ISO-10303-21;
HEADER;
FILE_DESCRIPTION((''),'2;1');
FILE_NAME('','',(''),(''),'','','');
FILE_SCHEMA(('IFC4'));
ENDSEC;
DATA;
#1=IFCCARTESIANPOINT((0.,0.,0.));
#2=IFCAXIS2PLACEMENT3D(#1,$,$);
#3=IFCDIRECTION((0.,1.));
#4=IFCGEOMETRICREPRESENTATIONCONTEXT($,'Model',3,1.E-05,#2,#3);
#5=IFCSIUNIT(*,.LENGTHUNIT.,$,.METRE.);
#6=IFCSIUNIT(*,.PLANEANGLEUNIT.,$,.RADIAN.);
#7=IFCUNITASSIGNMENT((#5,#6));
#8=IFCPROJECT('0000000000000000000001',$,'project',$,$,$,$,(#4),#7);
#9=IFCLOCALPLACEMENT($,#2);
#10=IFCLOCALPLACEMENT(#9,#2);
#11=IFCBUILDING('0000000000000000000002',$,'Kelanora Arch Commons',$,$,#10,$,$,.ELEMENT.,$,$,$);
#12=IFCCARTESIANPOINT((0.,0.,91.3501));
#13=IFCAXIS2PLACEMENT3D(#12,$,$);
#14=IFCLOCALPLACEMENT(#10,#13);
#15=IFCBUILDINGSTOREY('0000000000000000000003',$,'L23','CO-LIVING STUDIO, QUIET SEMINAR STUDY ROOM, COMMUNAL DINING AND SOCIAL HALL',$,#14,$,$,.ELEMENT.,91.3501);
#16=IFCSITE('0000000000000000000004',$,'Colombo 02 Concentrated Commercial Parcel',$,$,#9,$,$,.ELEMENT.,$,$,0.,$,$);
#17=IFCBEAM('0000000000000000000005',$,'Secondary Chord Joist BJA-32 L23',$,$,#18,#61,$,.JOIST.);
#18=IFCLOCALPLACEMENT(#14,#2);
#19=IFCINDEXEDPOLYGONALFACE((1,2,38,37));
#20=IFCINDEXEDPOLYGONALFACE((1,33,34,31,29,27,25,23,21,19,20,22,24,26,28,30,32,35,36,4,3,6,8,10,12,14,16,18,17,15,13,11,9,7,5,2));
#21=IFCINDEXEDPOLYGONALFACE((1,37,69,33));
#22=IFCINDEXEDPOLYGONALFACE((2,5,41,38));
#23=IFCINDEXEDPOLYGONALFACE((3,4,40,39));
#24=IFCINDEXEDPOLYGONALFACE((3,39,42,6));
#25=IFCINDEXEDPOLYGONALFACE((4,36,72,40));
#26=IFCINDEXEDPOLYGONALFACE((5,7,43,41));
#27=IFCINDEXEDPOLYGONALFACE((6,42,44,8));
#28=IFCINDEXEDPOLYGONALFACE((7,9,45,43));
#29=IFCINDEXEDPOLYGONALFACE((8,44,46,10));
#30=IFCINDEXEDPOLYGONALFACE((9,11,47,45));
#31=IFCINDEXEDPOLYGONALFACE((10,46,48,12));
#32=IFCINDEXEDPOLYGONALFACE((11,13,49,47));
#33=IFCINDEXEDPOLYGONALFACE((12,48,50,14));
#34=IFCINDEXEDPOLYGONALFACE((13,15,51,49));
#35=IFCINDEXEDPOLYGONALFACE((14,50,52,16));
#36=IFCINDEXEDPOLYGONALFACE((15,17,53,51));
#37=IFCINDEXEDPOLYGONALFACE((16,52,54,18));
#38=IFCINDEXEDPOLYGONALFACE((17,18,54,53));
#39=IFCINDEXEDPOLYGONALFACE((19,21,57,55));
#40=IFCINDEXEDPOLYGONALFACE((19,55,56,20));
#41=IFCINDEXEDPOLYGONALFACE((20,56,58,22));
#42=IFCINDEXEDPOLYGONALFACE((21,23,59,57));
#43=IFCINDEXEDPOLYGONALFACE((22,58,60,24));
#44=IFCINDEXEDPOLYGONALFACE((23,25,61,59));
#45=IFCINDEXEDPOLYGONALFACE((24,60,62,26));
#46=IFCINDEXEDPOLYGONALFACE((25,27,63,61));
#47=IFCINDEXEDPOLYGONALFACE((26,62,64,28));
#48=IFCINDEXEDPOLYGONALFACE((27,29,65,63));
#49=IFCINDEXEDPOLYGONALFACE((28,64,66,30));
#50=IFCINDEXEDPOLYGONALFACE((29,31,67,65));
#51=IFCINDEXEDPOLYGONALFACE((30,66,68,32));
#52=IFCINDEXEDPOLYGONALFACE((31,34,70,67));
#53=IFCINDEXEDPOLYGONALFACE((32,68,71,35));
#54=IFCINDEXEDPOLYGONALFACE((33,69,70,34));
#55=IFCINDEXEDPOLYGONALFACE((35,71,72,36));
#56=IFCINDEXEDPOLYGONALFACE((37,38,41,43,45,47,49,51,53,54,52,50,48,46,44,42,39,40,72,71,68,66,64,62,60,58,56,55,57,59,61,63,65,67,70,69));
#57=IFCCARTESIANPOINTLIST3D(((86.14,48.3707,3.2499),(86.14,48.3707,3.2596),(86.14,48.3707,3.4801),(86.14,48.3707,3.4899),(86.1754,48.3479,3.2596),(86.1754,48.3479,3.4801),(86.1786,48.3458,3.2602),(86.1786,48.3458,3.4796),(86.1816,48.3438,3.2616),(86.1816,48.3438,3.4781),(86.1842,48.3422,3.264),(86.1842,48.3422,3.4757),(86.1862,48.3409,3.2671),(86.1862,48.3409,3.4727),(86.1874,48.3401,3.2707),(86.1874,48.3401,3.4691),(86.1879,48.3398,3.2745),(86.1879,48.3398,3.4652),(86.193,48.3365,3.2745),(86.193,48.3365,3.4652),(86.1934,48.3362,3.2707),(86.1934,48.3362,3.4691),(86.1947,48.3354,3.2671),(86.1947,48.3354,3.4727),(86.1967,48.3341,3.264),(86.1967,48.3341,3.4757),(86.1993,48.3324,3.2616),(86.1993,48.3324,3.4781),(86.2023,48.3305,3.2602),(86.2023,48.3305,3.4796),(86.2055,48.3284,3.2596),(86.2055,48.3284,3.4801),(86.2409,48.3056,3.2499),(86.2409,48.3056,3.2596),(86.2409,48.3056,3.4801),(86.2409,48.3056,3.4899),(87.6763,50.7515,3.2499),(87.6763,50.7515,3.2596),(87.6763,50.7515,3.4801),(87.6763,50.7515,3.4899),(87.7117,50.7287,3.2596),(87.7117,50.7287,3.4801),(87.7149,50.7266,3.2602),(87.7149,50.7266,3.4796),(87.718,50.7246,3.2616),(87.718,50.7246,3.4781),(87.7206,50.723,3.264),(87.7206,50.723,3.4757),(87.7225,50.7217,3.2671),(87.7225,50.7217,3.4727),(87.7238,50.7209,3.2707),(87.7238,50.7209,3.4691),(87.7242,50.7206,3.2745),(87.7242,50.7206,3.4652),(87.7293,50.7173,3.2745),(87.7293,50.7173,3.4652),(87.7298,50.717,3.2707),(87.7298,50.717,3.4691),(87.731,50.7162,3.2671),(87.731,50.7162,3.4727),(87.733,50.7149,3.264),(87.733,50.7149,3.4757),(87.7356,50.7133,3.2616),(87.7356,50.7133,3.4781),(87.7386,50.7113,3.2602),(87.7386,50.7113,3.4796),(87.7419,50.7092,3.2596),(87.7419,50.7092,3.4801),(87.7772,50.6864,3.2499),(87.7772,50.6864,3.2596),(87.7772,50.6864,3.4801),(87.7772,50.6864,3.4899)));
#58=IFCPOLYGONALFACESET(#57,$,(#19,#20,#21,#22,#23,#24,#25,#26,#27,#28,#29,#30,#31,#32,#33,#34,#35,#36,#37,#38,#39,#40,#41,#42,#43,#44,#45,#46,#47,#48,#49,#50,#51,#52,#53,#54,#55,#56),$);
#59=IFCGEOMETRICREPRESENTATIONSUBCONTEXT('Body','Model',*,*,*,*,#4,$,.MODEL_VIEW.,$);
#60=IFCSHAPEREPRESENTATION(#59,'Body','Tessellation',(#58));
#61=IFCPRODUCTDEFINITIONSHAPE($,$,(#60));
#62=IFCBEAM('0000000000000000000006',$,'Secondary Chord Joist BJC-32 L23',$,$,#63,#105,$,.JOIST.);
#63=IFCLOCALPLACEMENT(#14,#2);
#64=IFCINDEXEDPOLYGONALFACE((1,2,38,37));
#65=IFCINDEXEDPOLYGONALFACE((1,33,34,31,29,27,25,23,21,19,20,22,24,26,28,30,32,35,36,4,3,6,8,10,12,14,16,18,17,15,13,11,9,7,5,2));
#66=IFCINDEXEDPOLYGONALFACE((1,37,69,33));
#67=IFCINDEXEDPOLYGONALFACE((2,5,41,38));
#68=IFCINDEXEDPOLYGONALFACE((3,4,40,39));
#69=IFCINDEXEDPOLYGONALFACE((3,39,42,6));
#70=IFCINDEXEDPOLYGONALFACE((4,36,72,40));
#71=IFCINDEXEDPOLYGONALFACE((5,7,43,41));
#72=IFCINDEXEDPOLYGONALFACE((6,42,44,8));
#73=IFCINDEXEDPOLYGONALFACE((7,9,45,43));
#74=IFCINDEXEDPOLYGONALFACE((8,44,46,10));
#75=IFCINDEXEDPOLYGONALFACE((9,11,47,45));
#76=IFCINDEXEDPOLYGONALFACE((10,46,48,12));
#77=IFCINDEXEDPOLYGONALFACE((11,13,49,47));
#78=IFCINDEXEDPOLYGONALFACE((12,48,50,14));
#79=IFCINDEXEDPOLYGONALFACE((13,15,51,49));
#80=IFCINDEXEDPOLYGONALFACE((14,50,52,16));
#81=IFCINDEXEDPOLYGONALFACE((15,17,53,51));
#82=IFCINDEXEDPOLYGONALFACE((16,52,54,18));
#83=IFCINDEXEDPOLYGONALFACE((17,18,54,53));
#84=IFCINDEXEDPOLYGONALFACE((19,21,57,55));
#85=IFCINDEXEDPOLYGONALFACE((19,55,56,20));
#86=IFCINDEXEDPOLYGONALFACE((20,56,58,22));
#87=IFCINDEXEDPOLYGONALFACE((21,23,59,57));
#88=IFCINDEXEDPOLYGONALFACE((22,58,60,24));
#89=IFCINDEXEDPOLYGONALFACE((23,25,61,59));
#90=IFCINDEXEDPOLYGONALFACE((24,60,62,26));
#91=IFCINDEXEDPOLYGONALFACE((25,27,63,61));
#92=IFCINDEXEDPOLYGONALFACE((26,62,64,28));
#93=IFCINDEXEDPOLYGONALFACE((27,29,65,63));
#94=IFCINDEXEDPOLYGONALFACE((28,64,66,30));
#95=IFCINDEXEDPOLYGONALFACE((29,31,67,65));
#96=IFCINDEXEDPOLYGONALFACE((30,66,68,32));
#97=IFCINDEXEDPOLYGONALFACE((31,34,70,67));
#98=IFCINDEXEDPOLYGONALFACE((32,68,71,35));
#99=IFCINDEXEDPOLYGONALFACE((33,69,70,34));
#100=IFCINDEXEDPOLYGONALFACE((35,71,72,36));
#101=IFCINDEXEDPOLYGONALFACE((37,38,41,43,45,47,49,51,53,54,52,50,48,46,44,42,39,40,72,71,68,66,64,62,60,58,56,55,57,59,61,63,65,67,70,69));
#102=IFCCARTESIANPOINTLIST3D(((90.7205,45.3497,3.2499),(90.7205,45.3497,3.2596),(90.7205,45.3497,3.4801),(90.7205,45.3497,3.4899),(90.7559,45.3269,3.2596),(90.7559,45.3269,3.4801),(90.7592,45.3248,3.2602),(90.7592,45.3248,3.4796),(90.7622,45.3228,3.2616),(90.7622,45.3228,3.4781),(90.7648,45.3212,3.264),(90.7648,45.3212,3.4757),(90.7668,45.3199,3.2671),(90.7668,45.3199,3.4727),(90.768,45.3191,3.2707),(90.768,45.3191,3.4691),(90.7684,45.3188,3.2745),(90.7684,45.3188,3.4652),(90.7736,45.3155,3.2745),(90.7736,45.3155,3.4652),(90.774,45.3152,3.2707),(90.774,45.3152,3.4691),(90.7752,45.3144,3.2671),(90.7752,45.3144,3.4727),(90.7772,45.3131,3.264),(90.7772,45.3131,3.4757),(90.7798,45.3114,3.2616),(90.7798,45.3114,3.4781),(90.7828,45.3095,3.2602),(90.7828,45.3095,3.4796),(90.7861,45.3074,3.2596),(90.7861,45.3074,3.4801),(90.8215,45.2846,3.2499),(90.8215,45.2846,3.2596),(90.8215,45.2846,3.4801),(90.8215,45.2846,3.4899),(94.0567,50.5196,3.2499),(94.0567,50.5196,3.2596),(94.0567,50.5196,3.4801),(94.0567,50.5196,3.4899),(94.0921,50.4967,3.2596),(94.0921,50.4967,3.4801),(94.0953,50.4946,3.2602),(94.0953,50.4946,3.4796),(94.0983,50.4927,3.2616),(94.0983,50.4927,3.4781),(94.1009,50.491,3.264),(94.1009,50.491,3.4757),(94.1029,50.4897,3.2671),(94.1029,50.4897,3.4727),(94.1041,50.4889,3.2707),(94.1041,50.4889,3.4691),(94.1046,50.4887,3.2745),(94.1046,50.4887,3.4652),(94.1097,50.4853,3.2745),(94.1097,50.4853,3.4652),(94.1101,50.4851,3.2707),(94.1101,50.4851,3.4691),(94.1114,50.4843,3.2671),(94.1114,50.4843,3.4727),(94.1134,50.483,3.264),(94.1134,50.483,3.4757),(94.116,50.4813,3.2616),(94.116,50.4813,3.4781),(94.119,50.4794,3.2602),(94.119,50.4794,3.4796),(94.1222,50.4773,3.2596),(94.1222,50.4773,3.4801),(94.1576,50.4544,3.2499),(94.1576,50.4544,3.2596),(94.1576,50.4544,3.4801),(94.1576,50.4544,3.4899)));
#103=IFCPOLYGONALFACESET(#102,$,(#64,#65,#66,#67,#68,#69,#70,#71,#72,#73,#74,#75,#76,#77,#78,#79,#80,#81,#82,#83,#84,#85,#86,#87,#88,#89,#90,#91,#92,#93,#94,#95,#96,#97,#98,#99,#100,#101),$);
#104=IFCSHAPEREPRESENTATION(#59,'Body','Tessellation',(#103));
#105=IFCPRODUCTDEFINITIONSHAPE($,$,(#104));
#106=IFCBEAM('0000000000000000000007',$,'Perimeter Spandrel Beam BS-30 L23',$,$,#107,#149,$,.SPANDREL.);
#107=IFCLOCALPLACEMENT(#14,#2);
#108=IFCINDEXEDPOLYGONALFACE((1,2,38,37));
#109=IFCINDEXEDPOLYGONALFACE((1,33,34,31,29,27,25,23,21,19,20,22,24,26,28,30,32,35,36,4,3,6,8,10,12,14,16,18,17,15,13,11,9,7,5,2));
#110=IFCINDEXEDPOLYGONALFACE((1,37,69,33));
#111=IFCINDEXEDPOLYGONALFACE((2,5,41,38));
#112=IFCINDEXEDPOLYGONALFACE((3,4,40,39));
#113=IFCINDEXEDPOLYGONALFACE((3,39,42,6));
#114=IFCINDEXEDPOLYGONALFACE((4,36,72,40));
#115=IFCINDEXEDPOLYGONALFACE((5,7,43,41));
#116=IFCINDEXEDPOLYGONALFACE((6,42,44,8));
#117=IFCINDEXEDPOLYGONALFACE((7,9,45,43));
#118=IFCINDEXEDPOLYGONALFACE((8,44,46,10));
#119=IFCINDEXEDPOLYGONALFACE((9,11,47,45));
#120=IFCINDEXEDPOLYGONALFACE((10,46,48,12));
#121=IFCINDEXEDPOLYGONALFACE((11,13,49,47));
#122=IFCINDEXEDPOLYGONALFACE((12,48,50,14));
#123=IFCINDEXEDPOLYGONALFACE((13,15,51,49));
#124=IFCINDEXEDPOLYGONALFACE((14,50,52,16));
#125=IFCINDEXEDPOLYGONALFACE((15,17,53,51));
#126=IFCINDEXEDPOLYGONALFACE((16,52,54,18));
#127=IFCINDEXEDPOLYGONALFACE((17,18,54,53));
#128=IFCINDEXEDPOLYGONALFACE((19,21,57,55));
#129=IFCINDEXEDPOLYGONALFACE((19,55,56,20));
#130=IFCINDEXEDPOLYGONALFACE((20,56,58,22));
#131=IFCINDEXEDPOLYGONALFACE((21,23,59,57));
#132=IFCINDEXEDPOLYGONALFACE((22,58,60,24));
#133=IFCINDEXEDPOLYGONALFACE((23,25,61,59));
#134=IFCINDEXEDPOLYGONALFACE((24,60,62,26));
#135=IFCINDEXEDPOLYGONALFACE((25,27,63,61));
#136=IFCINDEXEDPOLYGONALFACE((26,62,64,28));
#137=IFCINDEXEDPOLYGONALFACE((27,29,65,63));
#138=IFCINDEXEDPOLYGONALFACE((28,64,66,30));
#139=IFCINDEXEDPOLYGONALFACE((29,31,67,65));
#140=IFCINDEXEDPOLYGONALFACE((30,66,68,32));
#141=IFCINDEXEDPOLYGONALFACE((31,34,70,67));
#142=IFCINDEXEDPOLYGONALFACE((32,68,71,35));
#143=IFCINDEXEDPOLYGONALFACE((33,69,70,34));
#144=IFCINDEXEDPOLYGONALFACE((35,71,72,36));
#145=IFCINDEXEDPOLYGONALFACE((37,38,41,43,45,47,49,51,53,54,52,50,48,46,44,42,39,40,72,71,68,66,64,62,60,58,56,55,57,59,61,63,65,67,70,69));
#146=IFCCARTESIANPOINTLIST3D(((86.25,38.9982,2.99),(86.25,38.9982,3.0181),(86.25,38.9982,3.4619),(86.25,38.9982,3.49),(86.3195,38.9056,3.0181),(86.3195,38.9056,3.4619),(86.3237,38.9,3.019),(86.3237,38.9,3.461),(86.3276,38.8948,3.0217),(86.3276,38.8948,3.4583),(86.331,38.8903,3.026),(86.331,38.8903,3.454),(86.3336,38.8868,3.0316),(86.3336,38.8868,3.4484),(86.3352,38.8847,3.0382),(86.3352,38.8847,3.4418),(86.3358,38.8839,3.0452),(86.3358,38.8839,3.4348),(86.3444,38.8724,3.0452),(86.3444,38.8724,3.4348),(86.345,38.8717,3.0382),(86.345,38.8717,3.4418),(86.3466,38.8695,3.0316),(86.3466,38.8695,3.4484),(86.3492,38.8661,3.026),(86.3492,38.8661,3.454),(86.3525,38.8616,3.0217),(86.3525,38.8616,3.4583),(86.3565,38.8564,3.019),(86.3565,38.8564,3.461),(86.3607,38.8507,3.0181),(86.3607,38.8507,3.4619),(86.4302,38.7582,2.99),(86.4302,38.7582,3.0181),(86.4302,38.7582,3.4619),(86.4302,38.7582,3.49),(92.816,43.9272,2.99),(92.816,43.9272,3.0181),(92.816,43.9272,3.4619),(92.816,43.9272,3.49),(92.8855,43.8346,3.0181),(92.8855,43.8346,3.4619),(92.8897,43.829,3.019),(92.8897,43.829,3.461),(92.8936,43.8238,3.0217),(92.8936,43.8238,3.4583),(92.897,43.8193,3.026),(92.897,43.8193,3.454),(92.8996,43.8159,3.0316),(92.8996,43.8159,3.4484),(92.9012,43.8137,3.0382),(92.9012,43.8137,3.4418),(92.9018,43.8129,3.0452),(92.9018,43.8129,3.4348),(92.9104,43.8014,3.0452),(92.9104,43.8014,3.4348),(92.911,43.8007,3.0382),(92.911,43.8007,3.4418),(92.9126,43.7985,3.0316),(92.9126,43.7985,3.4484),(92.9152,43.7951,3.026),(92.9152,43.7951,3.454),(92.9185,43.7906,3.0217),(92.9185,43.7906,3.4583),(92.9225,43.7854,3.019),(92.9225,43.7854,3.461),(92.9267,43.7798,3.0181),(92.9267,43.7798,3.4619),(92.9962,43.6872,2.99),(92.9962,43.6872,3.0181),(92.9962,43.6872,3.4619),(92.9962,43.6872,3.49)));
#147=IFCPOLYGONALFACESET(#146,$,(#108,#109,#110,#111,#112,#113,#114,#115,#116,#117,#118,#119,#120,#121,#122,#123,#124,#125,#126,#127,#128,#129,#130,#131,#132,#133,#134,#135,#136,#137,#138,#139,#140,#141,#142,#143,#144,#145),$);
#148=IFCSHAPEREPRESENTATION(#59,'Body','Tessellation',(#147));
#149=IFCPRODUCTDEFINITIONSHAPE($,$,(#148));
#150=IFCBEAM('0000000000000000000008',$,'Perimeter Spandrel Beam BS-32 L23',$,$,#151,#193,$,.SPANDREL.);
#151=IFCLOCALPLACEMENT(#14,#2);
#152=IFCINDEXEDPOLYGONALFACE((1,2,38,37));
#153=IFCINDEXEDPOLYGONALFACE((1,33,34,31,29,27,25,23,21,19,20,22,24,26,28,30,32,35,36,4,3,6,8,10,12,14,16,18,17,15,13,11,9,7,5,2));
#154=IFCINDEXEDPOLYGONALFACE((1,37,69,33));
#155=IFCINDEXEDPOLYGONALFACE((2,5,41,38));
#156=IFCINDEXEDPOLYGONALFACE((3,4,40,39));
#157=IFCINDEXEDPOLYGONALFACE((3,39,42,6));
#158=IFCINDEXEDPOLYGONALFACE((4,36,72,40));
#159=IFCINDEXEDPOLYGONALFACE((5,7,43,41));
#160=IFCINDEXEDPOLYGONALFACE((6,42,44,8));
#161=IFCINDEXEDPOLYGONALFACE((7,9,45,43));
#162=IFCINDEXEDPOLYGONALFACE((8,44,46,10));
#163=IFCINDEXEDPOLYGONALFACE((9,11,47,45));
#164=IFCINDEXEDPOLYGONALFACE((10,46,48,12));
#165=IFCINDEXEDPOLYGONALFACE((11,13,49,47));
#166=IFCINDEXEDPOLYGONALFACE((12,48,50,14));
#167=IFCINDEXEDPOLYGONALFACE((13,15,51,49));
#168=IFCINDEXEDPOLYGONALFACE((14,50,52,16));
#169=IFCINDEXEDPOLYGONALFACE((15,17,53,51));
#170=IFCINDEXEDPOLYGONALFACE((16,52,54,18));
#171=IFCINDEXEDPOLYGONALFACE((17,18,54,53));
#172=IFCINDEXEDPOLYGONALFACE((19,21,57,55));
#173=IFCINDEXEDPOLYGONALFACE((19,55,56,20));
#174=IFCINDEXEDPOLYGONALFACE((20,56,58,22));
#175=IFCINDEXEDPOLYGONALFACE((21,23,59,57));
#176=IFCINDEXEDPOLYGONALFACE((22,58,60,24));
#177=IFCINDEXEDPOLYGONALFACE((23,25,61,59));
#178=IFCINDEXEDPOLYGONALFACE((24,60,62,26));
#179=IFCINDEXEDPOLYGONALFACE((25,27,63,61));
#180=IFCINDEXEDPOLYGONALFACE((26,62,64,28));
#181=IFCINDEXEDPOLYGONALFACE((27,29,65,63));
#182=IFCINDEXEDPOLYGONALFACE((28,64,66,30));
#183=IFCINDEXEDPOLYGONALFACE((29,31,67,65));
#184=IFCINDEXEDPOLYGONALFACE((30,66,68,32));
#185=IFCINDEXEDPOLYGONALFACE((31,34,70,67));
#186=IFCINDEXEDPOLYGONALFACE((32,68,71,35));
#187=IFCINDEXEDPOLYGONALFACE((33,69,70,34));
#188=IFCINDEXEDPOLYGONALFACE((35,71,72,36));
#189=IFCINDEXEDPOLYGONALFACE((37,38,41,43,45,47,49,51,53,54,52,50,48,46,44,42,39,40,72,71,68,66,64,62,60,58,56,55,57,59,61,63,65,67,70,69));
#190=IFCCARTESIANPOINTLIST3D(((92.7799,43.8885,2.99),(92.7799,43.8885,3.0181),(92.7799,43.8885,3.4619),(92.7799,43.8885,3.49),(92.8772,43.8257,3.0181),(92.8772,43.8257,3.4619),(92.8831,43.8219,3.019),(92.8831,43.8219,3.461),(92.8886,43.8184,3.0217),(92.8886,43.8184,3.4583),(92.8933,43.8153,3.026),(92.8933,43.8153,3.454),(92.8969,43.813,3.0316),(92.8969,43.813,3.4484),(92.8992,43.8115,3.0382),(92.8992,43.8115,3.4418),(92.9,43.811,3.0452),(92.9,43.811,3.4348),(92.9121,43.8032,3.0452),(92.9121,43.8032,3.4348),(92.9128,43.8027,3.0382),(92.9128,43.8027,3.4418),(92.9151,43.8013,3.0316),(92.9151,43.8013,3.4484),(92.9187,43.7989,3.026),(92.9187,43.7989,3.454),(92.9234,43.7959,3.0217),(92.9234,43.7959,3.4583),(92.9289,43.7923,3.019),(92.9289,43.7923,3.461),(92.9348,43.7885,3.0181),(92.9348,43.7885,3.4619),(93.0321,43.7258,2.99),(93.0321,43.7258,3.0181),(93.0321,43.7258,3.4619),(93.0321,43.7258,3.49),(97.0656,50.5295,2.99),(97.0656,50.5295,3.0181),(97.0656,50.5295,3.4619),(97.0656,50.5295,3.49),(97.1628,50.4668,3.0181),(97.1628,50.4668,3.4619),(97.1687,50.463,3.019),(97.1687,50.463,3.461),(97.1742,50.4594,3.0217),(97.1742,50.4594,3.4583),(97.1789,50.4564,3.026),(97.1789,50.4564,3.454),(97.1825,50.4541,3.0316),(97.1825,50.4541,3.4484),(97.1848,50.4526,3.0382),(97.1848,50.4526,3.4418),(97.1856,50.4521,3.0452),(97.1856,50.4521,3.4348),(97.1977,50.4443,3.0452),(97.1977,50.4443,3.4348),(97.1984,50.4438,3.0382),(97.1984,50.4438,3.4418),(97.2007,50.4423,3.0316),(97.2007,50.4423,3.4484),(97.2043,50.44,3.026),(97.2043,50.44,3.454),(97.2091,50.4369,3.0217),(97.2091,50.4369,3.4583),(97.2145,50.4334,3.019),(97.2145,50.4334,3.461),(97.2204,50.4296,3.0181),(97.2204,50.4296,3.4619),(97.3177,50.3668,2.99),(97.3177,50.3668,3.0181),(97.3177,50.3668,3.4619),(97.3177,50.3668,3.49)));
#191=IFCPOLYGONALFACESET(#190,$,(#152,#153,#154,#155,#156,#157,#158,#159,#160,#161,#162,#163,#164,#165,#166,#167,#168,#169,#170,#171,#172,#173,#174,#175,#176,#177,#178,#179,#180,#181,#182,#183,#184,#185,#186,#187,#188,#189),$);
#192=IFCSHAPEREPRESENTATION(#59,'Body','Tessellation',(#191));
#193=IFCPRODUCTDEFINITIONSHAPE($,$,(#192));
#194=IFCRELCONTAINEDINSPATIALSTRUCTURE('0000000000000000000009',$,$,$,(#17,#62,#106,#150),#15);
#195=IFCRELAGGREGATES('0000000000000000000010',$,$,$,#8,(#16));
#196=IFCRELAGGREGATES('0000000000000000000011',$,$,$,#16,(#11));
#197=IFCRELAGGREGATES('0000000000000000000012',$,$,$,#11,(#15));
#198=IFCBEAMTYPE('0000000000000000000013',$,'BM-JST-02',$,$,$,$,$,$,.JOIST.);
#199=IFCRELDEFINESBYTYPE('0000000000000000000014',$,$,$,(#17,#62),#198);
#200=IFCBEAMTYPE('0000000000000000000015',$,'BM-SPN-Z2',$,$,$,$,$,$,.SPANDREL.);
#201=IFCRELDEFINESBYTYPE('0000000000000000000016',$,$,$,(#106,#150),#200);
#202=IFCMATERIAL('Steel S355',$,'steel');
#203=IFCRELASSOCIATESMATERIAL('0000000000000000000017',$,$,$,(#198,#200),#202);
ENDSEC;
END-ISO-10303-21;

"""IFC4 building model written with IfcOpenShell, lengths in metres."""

from ifc_helpers import new_model, si_unit, direction, frame, origin, origin_2d, place, context, subcontext, project, spatial, i_section, extrude, material, material_profile, profile_set, type_object, element, save


model = new_model("IFC4")

# Units and contexts
model_context = context("Model", 3, precision=1e-05, world=origin(), true_north=direction((0.0, 1.0)))
body_context = subcontext(model_context, "Body", "Model", "MODEL_VIEW")
ifc_project = project(units=[si_unit("LENGTHUNIT", "METRE"), si_unit("PLANEANGLEUNIT", "RADIAN")], contexts=[model_context])

# Site, building, storey
site_placement = place(None, origin())
site = spatial("IfcSite", under=ifc_project, at=site_placement, Name="Colombo 02 Concentrated Commercial Parcel", CompositionType="ELEMENT", RefElevation=0.0)
building_placement = place(site_placement, origin())
building = spatial("IfcBuilding", under=site, at=building_placement, Name="Kelanora Arch Commons", CompositionType="ELEMENT")
storey_placement = place(building_placement, frame((0.0, 0.0, 91.3501)))
storey = spatial("IfcBuildingStorey", under=building, at=storey_placement, Name="L23", Description="CO-LIVING STUDIO, QUIET SEMINAR STUDY ROOM, COMMUNAL DINING AND SOCIAL HALL", CompositionType="ELEMENT", Elevation=91.3501)

# Beams
ifc_material_1 = material(Name="Steel S355", Category="steel")
ifc_material_profile_1 = material_profile(ifc_material_1, i_section(OverallWidth=0.1201, OverallDepth=0.24, WebThickness=0.0061, FlangeThickness=0.0098, FilletRadius=0.0149, at=origin_2d()), Name="IPE240")
ifc_profile_set_1 = profile_set([ifc_material_profile_1], Name="Steel S355")
beam_type_1 = type_object("IfcBeamType", Name="BM-JST-02", PredefinedType="JOIST", material=ifc_profile_set_1)
beam_1_placement = place(storey_placement, frame((86.1904, 48.3381, 3.3699), z_axis=(0.542211, 0.840242, 0.0), x_axis=(-0.840242, 0.542211, 0.0)))
element("IfcBeam", 1, at=beam_1_placement, inside=storey, type_object=beam_type_1, Name="Secondary Chord Joist BJA-32 L23", PredefinedType="JOIST", context=body_context, shape_type="SweptSolid", body=[
    extrude(i_section(OverallWidth=0.1201, OverallDepth=0.24, WebThickness=0.0061, FlangeThickness=0.0098, FilletRadius=0.0149, at=origin_2d()), origin(), (0.0, 0.0, 1.0), 2.8335),
])
beam_2_placement = place(storey_placement, frame((90.771, 45.3171, 3.3699), z_axis=(0.542213, 0.840241, 0.0), x_axis=(-0.840241, 0.542213, 0.0)))
element("IfcBeam", 2, at=beam_2_placement, inside=storey, type_object=beam_type_1, Name="Secondary Chord Joist BJC-32 L23", PredefinedType="JOIST", context=body_context, shape_type="SweptSolid", body=[
    extrude(i_section(OverallWidth=0.1201, OverallDepth=0.24, WebThickness=0.0061, FlangeThickness=0.0098, FilletRadius=0.0149, at=origin_2d()), origin(), (0.0, 0.0, 1.0), 6.1528),
])
ifc_material_profile_2 = material_profile(ifc_material_1, i_section(OverallWidth=0.3, OverallDepth=0.5, WebThickness=0.0144, FlangeThickness=0.0281, FilletRadius=0.0271, at=origin_2d()), Name="HEB500")
ifc_profile_set_2 = profile_set([ifc_material_profile_2], Name="Steel S355")
beam_type_2 = type_object("IfcBeamType", Name="BM-SPN-Z2", PredefinedType="SPANDREL", material=ifc_profile_set_2)
beam_3_placement = place(storey_placement, frame((86.3401, 38.8782, 3.24), z_axis=(0.799736, 0.600352, 0.0), x_axis=(-0.600352, 0.799736, 0.0)))
element("IfcBeam", 3, at=beam_3_placement, inside=storey, type_object=beam_type_2, Name="Perimeter Spandrel Beam BS-30 L23", PredefinedType="SPANDREL", context=body_context, shape_type="SweptSolid", body=[
    extrude(i_section(OverallWidth=0.3, OverallDepth=0.5, WebThickness=0.0144, FlangeThickness=0.0281, FilletRadius=0.0271, at=origin_2d()), origin(), (0.0, 0.0, 1.0), 8.2102),
])
beam_4_placement = place(storey_placement, frame((92.906, 43.8071, 3.24), z_axis=(0.542221, 0.840236, 0.0), x_axis=(-0.840236, 0.542221, 0.0)))
element("IfcBeam", 4, at=beam_4_placement, inside=storey, type_object=beam_type_2, Name="Perimeter Spandrel Beam BS-32 L23", PredefinedType="SPANDREL", context=body_context, shape_type="SweptSolid", body=[
    extrude(i_section(OverallWidth=0.3, OverallDepth=0.5, WebThickness=0.0144, FlangeThickness=0.0281, FilletRadius=0.0271, at=origin_2d()), origin(), (0.0, 0.0, 1.0), 7.9038),
])

save(model, "model.ifc")
